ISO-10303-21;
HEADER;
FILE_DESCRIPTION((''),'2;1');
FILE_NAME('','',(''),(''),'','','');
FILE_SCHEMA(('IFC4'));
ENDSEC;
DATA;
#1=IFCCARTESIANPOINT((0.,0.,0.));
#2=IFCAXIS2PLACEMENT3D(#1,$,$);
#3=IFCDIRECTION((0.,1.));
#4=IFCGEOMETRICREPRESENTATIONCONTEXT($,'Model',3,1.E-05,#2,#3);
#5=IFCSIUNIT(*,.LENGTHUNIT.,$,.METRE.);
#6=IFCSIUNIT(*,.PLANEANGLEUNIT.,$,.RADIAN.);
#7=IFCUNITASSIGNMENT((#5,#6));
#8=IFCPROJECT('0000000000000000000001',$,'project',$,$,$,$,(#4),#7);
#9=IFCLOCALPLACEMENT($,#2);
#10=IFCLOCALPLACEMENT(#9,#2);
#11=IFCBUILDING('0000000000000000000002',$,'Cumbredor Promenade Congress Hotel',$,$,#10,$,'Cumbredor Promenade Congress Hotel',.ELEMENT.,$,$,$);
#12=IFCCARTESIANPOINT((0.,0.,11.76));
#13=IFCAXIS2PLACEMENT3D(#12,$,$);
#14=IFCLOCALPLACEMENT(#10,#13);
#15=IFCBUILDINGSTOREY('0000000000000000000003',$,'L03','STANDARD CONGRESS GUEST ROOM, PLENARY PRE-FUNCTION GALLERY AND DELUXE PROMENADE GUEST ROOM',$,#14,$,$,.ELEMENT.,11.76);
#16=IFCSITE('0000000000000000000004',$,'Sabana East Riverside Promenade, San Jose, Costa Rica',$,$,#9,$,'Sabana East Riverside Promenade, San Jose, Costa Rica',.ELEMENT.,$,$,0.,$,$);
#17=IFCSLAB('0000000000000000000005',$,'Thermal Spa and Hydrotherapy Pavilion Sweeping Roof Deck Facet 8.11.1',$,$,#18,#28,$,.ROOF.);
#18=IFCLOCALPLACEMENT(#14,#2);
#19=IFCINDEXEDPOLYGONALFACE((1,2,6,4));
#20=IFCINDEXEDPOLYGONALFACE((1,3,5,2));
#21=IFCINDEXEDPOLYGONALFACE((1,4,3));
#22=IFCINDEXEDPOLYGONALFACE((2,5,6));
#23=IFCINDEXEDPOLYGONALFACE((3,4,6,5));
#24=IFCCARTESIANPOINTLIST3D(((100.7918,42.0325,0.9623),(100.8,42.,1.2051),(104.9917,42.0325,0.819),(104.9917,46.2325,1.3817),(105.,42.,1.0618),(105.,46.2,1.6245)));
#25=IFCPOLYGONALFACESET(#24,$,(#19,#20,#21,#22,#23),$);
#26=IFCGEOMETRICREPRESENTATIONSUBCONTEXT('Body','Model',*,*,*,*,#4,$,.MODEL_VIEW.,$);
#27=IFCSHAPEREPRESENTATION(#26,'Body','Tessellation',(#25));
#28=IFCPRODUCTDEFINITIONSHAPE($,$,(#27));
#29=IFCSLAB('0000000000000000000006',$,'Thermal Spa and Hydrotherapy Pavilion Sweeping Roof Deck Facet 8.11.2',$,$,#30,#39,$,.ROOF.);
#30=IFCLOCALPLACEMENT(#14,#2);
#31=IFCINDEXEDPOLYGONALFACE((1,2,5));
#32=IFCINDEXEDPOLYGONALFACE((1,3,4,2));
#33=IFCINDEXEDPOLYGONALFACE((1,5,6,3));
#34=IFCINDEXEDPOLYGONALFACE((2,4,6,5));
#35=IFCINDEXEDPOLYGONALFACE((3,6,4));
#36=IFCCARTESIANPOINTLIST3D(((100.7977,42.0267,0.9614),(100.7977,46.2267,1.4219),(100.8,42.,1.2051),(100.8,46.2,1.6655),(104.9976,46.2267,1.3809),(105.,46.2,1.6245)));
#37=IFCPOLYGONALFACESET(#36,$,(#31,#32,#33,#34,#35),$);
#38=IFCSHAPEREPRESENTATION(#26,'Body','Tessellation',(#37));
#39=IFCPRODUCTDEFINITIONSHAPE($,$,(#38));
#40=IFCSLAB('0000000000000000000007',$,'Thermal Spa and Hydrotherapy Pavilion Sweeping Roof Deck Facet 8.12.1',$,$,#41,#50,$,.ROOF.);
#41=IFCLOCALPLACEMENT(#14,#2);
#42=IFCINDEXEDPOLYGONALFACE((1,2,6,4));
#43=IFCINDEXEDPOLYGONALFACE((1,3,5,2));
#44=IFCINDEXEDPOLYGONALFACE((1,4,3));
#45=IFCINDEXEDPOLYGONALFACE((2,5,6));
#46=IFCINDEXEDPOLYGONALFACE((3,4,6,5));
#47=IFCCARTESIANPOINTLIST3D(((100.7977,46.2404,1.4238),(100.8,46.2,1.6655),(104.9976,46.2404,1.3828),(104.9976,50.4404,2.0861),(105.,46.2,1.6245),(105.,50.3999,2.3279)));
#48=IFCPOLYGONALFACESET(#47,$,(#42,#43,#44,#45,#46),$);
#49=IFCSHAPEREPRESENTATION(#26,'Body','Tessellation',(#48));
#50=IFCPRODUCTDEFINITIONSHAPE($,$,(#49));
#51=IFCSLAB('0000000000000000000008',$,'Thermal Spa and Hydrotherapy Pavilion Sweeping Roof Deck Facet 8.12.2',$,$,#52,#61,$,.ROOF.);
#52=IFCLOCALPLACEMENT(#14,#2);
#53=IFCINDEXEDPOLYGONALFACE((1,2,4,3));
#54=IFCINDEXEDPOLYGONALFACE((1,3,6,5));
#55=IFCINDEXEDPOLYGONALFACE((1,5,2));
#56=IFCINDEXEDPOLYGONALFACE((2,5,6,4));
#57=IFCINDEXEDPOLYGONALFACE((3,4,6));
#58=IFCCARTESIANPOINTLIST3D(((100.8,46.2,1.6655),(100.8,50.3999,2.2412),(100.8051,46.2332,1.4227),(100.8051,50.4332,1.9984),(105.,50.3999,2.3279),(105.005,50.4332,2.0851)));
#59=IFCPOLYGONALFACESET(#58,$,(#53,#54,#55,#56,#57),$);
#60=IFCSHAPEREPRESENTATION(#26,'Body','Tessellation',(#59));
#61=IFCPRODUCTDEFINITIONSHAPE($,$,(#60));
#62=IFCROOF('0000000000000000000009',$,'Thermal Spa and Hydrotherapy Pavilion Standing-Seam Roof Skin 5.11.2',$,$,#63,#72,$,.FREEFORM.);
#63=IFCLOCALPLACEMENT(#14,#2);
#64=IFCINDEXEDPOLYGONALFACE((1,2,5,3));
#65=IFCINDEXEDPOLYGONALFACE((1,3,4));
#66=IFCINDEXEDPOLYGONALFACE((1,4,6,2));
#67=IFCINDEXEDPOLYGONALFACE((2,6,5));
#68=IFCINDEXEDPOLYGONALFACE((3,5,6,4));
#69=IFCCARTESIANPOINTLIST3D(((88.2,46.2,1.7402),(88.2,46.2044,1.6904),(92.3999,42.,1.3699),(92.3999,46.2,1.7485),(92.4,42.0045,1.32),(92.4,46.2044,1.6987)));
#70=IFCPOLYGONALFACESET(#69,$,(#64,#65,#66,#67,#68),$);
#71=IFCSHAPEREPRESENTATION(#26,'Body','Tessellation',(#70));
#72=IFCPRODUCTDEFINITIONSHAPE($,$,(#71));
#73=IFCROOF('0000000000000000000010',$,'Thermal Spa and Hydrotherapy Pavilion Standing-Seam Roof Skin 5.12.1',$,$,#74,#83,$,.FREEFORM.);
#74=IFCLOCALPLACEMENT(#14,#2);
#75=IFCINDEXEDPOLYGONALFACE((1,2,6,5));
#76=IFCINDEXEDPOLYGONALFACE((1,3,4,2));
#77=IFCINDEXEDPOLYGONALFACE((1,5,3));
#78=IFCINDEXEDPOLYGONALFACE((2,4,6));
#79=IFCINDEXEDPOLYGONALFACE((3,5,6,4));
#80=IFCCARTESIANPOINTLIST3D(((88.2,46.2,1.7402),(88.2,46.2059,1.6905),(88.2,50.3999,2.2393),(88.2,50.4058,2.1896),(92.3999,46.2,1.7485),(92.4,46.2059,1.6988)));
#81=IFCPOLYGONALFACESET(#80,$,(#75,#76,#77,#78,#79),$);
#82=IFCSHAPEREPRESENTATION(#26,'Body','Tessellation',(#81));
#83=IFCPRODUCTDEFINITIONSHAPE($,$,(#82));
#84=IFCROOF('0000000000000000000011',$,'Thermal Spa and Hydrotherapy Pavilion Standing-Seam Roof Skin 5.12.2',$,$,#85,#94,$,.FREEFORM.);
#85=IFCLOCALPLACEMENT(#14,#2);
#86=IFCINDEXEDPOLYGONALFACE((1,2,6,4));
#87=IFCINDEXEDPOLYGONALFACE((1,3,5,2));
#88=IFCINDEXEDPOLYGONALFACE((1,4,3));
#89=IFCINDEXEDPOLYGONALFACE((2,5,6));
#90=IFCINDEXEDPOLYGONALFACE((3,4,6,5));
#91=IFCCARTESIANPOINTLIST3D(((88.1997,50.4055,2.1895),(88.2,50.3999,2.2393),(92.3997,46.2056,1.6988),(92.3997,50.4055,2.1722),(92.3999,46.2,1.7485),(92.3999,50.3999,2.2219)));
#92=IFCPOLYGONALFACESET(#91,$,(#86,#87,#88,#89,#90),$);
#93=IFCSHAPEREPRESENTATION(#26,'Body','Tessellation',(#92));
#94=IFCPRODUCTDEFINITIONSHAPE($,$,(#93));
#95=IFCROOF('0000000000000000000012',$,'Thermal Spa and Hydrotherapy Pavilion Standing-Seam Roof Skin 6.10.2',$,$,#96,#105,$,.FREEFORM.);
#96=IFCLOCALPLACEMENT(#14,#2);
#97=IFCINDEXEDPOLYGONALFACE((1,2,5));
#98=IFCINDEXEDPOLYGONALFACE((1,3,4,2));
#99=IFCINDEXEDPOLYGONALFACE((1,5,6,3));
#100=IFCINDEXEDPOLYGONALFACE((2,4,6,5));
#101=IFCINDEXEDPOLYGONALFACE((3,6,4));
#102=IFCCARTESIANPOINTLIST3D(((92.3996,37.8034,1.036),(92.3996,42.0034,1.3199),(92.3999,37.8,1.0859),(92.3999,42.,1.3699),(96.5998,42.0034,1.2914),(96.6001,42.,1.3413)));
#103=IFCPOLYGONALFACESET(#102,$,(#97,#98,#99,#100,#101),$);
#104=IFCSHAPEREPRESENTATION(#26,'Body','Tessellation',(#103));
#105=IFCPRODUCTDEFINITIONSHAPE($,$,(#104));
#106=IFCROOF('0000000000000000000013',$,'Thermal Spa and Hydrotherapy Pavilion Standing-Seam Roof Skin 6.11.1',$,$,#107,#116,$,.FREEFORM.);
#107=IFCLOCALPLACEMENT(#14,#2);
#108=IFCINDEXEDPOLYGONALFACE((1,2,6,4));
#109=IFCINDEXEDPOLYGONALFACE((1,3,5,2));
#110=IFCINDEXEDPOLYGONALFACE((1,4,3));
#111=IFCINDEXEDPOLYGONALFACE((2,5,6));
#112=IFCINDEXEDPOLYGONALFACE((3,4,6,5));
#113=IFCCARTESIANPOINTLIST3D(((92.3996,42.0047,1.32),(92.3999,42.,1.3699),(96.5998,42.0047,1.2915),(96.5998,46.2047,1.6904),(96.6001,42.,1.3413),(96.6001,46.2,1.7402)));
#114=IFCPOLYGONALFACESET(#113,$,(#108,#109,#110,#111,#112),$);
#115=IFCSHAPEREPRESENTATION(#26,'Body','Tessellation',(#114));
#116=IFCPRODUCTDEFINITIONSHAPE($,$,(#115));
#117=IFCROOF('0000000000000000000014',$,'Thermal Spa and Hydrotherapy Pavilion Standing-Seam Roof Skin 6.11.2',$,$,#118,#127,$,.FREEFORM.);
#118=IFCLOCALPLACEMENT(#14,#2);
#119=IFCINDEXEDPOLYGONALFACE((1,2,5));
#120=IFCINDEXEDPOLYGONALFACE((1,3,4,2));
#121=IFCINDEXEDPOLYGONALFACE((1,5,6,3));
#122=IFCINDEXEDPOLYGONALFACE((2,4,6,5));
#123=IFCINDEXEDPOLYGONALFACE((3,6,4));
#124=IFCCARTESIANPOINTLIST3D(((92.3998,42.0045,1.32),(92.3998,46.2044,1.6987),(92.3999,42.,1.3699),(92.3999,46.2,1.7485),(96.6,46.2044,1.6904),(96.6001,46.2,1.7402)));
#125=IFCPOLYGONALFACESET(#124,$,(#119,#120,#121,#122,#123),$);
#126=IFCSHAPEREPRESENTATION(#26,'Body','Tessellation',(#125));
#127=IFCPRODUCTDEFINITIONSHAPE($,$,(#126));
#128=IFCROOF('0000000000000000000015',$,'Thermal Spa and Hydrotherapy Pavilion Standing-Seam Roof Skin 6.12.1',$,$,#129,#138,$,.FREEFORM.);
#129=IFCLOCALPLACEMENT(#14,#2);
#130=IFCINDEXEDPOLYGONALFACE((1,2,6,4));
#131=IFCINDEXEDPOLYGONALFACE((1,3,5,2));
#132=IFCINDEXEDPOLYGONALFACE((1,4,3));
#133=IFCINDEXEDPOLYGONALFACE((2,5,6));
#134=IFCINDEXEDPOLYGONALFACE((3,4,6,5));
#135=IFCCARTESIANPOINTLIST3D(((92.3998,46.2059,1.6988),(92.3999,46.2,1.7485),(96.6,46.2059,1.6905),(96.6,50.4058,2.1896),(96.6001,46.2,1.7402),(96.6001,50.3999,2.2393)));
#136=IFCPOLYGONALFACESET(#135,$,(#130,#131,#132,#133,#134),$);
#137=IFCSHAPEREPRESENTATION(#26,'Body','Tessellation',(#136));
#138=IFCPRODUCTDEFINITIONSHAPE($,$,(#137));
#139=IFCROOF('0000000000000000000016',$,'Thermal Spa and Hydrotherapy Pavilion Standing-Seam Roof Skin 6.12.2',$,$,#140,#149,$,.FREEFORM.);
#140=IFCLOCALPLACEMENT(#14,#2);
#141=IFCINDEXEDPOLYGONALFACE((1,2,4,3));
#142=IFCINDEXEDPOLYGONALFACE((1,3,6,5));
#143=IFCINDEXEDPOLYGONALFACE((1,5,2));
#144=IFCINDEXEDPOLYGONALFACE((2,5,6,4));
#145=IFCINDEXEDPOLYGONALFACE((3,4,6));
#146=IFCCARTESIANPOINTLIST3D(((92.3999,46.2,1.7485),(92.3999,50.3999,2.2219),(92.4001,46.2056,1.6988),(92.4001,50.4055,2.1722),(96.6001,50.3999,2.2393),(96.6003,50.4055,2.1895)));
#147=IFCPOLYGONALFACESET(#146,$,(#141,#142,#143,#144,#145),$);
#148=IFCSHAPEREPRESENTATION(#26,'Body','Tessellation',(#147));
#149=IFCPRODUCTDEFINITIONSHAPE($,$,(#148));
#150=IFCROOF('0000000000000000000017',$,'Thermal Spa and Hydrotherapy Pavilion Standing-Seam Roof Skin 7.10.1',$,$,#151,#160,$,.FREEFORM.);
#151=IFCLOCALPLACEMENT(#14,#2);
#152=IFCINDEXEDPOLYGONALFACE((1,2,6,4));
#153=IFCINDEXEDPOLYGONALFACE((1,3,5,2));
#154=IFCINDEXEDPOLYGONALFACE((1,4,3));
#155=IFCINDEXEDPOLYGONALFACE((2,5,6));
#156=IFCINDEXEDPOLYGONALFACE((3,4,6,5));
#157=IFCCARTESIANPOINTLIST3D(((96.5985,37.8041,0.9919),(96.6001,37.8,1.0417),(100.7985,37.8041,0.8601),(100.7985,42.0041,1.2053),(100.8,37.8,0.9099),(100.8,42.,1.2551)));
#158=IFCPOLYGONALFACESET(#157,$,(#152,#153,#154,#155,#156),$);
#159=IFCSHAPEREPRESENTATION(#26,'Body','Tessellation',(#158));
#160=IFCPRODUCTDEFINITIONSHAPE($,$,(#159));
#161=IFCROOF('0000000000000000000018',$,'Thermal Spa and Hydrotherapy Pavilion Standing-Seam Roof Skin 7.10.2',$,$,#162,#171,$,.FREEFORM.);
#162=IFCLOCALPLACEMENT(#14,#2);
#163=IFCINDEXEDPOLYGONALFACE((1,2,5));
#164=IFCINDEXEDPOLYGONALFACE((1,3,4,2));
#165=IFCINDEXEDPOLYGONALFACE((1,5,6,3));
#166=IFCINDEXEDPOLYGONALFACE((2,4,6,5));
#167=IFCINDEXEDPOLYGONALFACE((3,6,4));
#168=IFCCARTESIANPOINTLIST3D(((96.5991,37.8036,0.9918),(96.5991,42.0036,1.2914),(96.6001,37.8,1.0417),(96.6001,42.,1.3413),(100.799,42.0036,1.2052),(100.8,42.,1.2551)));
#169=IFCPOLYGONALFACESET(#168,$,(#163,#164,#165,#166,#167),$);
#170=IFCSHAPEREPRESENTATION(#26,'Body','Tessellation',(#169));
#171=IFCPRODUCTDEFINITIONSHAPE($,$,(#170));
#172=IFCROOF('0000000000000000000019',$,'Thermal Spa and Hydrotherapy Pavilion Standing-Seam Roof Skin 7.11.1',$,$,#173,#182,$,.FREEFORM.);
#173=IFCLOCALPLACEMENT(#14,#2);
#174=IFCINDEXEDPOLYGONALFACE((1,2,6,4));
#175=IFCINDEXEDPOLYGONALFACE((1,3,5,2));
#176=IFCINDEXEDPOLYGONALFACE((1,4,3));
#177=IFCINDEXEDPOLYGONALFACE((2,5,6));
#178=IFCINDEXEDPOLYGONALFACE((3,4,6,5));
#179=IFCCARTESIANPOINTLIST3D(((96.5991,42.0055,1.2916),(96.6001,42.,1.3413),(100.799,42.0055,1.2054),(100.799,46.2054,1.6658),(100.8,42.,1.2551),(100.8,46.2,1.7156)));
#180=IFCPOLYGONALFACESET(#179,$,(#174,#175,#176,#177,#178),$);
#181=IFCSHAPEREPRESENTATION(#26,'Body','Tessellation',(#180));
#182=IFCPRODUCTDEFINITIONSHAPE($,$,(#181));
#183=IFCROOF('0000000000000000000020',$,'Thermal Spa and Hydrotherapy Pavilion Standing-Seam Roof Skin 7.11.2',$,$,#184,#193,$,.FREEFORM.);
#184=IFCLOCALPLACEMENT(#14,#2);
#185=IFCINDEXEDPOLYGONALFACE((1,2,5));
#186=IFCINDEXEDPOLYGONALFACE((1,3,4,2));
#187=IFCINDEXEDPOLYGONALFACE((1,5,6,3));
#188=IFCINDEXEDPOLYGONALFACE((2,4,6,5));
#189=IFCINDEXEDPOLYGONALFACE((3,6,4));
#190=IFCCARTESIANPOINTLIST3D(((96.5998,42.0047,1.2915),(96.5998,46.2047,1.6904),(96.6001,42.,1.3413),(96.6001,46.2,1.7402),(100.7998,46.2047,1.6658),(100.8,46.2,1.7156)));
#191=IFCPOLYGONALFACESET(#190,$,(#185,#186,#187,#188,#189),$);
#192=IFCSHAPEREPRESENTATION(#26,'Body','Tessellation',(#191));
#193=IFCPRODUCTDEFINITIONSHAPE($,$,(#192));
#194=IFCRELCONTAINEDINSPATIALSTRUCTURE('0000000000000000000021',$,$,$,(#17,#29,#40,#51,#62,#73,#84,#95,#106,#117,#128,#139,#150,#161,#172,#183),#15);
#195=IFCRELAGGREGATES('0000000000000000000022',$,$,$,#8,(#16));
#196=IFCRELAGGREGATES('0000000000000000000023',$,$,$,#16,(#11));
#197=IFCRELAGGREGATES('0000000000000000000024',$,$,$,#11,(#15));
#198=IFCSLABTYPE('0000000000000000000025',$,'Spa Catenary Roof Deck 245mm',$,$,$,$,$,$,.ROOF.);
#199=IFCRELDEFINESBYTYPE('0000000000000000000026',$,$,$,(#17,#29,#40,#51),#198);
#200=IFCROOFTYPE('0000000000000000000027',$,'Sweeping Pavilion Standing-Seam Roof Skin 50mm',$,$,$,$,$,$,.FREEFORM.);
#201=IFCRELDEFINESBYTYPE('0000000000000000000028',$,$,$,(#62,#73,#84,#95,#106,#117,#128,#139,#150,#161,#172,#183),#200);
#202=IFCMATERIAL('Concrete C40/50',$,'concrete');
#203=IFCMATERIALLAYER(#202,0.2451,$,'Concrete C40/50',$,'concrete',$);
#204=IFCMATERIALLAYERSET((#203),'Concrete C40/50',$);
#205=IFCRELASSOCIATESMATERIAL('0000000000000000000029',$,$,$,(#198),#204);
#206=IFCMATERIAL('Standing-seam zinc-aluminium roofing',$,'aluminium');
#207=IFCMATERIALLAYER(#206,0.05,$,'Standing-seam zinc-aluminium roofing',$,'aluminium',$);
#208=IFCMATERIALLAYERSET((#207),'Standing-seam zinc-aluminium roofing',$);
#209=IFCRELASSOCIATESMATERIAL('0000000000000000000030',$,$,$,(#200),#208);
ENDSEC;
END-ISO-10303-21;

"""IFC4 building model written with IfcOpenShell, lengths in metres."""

from ifc_helpers import new_model, si_unit, direction, frame, origin, place, context, subcontext, project, spatial, polyline, outline, extrude, material, layer, layer_set, type_object, element, save


model = new_model("IFC4")

# Units and contexts
model_context = context("Model", 3, precision=1e-05, world=origin(), true_north=direction((0.0, 1.0)))
body_context = subcontext(model_context, "Body", "Model", "MODEL_VIEW")
ifc_project = project(units=[si_unit("LENGTHUNIT", "METRE"), si_unit("PLANEANGLEUNIT", "RADIAN")], contexts=[model_context])

# Site, building, storey
site_placement = place(None, origin())
site = spatial("IfcSite", under=ifc_project, at=site_placement, Name="Sabana East Riverside Promenade, San Jose, Costa Rica", LongName="Sabana East Riverside Promenade, San Jose, Costa Rica", CompositionType="ELEMENT", RefElevation=0.0)
building_placement = place(site_placement, origin())
building = spatial("IfcBuilding", under=site, at=building_placement, Name="Cumbredor Promenade Congress Hotel", LongName="Cumbredor Promenade Congress Hotel", CompositionType="ELEMENT")
storey_placement = place(building_placement, frame((0.0, 0.0, 11.76)))
storey = spatial("IfcBuildingStorey", under=building, at=storey_placement, Name="L03", Description="STANDARD CONGRESS GUEST ROOM, PLENARY PRE-FUNCTION GALLERY AND DELUXE PROMENADE GUEST ROOM", CompositionType="ELEMENT", Elevation=11.76)

# Slabs
ifc_material_1 = material(Name="Concrete C40/50", Category="concrete")
ifc_layer_1 = layer(ifc_material_1, 0.2451, Name="Concrete C40/50", Category="concrete")
ifc_layer_set_1 = layer_set([ifc_layer_1], Name="Concrete C40/50")
slab_type = type_object("IfcSlabType", Name="Spa Catenary Roof Deck 245mm", PredefinedType="ROOF", material=ifc_layer_set_1)
slab_1_placement = place(storey_placement, frame((100.8, 42.0, 1.2051), z_axis=(0.0338, -0.132726, 0.990576), x_axis=(0.999418, 0.0, -0.034102)))
element("IfcSlab", 1, at=slab_1_placement, inside=storey, type_object=slab_type, Name="Thermal Spa and Hydrotherapy Pavilion Sweeping Roof Deck Facet 8.11.1", PredefinedType="ROOF", context=body_context, shape_type="SweptSolid", body=[
    extrude(outline(polyline([(0.0, 0.0), (4.2024, 0.0), (4.1832, 4.2374), (0.0, 0.0)])), origin(), (0.0, 0.0, -1.0), 0.2451),
])
slab_2_placement = place(storey_placement, frame((100.8, 42.0, 1.2051), z_axis=(0.009707, -0.108974, 0.993997), x_axis=(0.70535, 0.70535, 0.070441)))
element("IfcSlab", 2, at=slab_2_placement, inside=storey, type_object=slab_type, Name="Thermal Spa and Hydrotherapy Pavilion Sweeping Roof Deck Facet 8.11.2", PredefinedType="ROOF", context=body_context, shape_type="SweptSolid", body=[
    extrude(outline(polyline([(0.0, 0.0), (5.9544, 0.0), (2.9949, 2.9803), (0.0, 0.0)])), origin(), (0.0, 0.0, -1.0), 0.2451),
])
slab_3_placement = place(storey_placement, frame((100.8, 46.2, 1.6655), z_axis=(0.009631, -0.165163, 0.986219), x_axis=(0.999952, 0.0, -0.009765)))
element("IfcSlab", 3, at=slab_3_placement, inside=storey, type_object=slab_type, Name="Thermal Spa and Hydrotherapy Pavilion Sweeping Roof Deck Facet 8.12.1", PredefinedType="ROOF", context=body_context, shape_type="SweptSolid", body=[
    extrude(outline(polyline([(0.0, 0.0), (4.2002, 0.0), (4.1933, 4.2584), (0.0, 0.0)])), origin(), (0.0, 0.0, -1.0), 0.2451),
])
slab_4_placement = place(storey_placement, frame((100.8, 46.2, 1.6655), z_axis=(-0.020441, -0.135771, 0.990529), x_axis=(0.702751, 0.702751, 0.110827)))
element("IfcSlab", 4, at=slab_4_placement, inside=storey, type_object=slab_type, Name="Thermal Spa and Hydrotherapy Pavilion Sweeping Roof Deck Facet 8.12.2", PredefinedType="ROOF", context=body_context, shape_type="SweptSolid", body=[
    extrude(outline(polyline([(0.0, 0.0), (5.9764, 0.0), (3.0153, 2.9797), (0.0, 0.0)])), origin(), (0.0, 0.0, -1.0), 0.2451),
])

# Roofs
ifc_material_2 = material(Name="Standing-seam zinc-aluminium roofing", Category="aluminium")
ifc_layer_2 = layer(ifc_material_2, 0.05, Name="Standing-seam zinc-aluminium roofing", Category="aluminium")
ifc_layer_set_2 = layer_set([ifc_layer_2], Name="Standing-seam zinc-aluminium roofing")
roof_type = type_object("IfcRoofType", Name="Sweeping Pavilion Standing-Seam Roof Skin 50mm", PredefinedType="FREEFORM", material=ifc_layer_set_2)
roof_1_placement = place(storey_placement, frame((92.3999, 42.0, 1.3699), z_axis=(-0.001968, -0.089794, 0.995958), x_axis=(0.0, 0.99596, 0.089794)))
element("IfcRoof", 5, at=roof_1_placement, inside=storey, type_object=roof_type, Name="Thermal Spa and Hydrotherapy Pavilion Standing-Seam Roof Skin 5.11.2", PredefinedType="FREEFORM", context=body_context, shape_type="SweptSolid", body=[
    extrude(outline(polyline([(0.0, 0.0), (4.217, 0.0), (4.2162, 4.2), (0.0, 0.0)])), origin(), (0.0, 0.0, -1.0), 0.05),
])
roof_2_placement = place(storey_placement, frame((88.2, 46.2, 1.7402), z_axis=(-0.001963, -0.117986, 0.993013), x_axis=(0.999998, 0.0, 0.001976)))
element("IfcRoof", 6, at=roof_2_placement, inside=storey, type_object=roof_type, Name="Thermal Spa and Hydrotherapy Pavilion Standing-Seam Roof Skin 5.12.1", PredefinedType="FREEFORM", context=body_context, shape_type="SweptSolid", body=[
    extrude(outline(polyline([(0.0, 0.0), (4.2, 0.0), (0.001, 4.2295), (0.0, 0.0)])), origin(), (0.0, 0.0, -1.0), 0.05),
])
roof_3_placement = place(storey_placement, frame((92.3999, 46.2, 1.7485), z_axis=(0.004101, -0.112003, 0.993699), x_axis=(0.0, 0.993708, 0.112004)))
element("IfcRoof", 7, at=roof_3_placement, inside=storey, type_object=roof_type, Name="Thermal Spa and Hydrotherapy Pavilion Standing-Seam Roof Skin 5.12.2", PredefinedType="FREEFORM", context=body_context, shape_type="SweptSolid", body=[
    extrude(outline(polyline([(0.0, 0.0), (4.2265, 0.0), (4.2285, 4.2), (0.0, 0.0)])), origin(), (0.0, 0.0, -1.0), 0.05),
])
roof_4_placement = place(storey_placement, frame((92.3999, 37.8, 1.0859), z_axis=(0.006785, -0.067449, 0.9977), x_axis=(0.706475, 0.706434, 0.042954)))
element("IfcRoof", 8, at=roof_4_placement, inside=storey, type_object=roof_type, Name="Thermal Spa and Hydrotherapy Pavilion Standing-Seam Roof Skin 6.10.2", PredefinedType="FREEFORM", context=body_context, shape_type="SweptSolid", body=[
    extrude(outline(polyline([(0.0, 0.0), (5.9453, 0.0), (2.9792, 2.974), (0.0, 0.0)])), origin(), (0.0, 0.0, -1.0), 0.05),
])
roof_5_placement = place(storey_placement, frame((92.3999, 42.0, 1.3699), z_axis=(0.00677, -0.094556, 0.995497), x_axis=(0.999977, 0.0, -0.006801)))
element("IfcRoof", 9, at=roof_5_placement, inside=storey, type_object=roof_type, Name="Thermal Spa and Hydrotherapy Pavilion Standing-Seam Roof Skin 6.11.1", PredefinedType="FREEFORM", context=body_context, shape_type="SweptSolid", body=[
    extrude(outline(polyline([(0.0, 0.0), (4.2003, 0.0), (4.1976, 4.2189), (0.0, 0.0)])), origin(), (0.0, 0.0, -1.0), 0.05),
])
roof_6_placement = place(storey_placement, frame((92.3999, 42.0, 1.3699), z_axis=(0.001968, -0.089794, 0.995958), x_axis=(0.705757, 0.705716, 0.062232)))
element("IfcRoof", 10, at=roof_6_placement, inside=storey, type_object=roof_type, Name="Thermal Spa and Hydrotherapy Pavilion Standing-Seam Roof Skin 6.11.2", PredefinedType="FREEFORM", context=body_context, shape_type="SweptSolid", body=[
    extrude(outline(polyline([(0.0, 0.0), (5.9513, 0.0), (2.9875, 2.9762), (0.0, 0.0)])), origin(), (0.0, 0.0, -1.0), 0.05),
])
roof_7_placement = place(storey_placement, frame((92.3999, 46.2, 1.7485), z_axis=(0.001962, -0.117986, 0.993013), x_axis=(0.999998, 0.0, -0.001976)))
element("IfcRoof", 11, at=roof_7_placement, inside=storey, type_object=roof_type, Name="Thermal Spa and Hydrotherapy Pavilion Standing-Seam Roof Skin 6.12.1", PredefinedType="FREEFORM", context=body_context, shape_type="SweptSolid", body=[
    extrude(outline(polyline([(0.0, 0.0), (4.2002, 0.0), (4.1992, 4.2295), (0.0, 0.0)])), origin(), (0.0, 0.0, -1.0), 0.05),
])
roof_8_placement = place(storey_placement, frame((92.3999, 46.2, 1.7485), z_axis=(-0.004101, -0.112003, 0.993699), x_axis=(0.704726, 0.704685, 0.082336)))
element("IfcRoof", 12, at=roof_8_placement, inside=storey, type_object=roof_type, Name="Thermal Spa and Hydrotherapy Pavilion Standing-Seam Roof Skin 6.12.2", PredefinedType="FREEFORM", context=body_context, shape_type="SweptSolid", body=[
    extrude(outline(polyline([(0.0, 0.0), (5.96, 0.0), (2.9986, 2.9786), (0.0, 0.0)])), origin(), (0.0, 0.0, -1.0), 0.05),
])
roof_9_placement = place(storey_placement, frame((96.6001, 37.8, 1.0417), z_axis=(0.031269, -0.081879, 0.996152), x_axis=(0.999508, 0.0, -0.031374)))
element("IfcRoof", 13, at=roof_9_placement, inside=storey, type_object=roof_type, Name="Thermal Spa and Hydrotherapy Pavilion Standing-Seam Roof Skin 7.10.1", PredefinedType="FREEFORM", context=body_context, shape_type="SweptSolid", body=[
    extrude(outline(polyline([(0.0, 0.0), (4.202, 0.0), (4.1912, 4.2141), (0.0, 0.0)])), origin(), (0.0, 0.0, -1.0), 0.05),
])
roof_10_placement = place(storey_placement, frame((96.6001, 37.8, 1.0417), z_axis=(0.020463, -0.071129, 0.997257), x_axis=(0.706651, 0.706651, 0.035901)))
element("IfcRoof", 14, at=roof_10_placement, inside=storey, type_object=roof_type, Name="Thermal Spa and Hydrotherapy Pavilion Standing-Seam Roof Skin 7.10.2", PredefinedType="FREEFORM", context=body_context, shape_type="SweptSolid", body=[
    extrude(outline(polyline([(0.0, 0.0), (5.9435, 0.0), (2.9787, 2.9761), (0.0, 0.0)])), origin(), (0.0, 0.0, -1.0), 0.05),
])
roof_11_placement = place(storey_placement, frame((96.6001, 42.0, 1.3413), z_axis=(0.020393, -0.108956, 0.993837), x_axis=(0.99979, 0.0, -0.020515)))
element("IfcRoof", 15, at=roof_11_placement, inside=storey, type_object=roof_type, Name="Thermal Spa and Hydrotherapy Pavilion Standing-Seam Roof Skin 7.11.1", PredefinedType="FREEFORM", context=body_context, shape_type="SweptSolid", body=[
    extrude(outline(polyline([(0.0, 0.0), (4.2008, 0.0), (4.1914, 4.2251), (0.0, 0.0)])), origin(), (0.0, 0.0, -1.0), 0.05),
])
roof_12_placement = place(storey_placement, frame((96.6001, 42.0, 1.3413), z_axis=(0.005845, -0.094556, 0.995502), x_axis=(0.705707, 0.705707, 0.062887)))
element("IfcRoof", 16, at=roof_12_placement, inside=storey, type_object=roof_type, Name="Thermal Spa and Hydrotherapy Pavilion Standing-Seam Roof Skin 7.11.2", PredefinedType="FREEFORM", context=body_context, shape_type="SweptSolid", body=[
    extrude(outline(polyline([(0.0, 0.0), (5.9514, 0.0), (2.989, 2.9773), (0.0, 0.0)])), origin(), (0.0, 0.0, -1.0), 0.05),
])

save(model, "model.ifc")
